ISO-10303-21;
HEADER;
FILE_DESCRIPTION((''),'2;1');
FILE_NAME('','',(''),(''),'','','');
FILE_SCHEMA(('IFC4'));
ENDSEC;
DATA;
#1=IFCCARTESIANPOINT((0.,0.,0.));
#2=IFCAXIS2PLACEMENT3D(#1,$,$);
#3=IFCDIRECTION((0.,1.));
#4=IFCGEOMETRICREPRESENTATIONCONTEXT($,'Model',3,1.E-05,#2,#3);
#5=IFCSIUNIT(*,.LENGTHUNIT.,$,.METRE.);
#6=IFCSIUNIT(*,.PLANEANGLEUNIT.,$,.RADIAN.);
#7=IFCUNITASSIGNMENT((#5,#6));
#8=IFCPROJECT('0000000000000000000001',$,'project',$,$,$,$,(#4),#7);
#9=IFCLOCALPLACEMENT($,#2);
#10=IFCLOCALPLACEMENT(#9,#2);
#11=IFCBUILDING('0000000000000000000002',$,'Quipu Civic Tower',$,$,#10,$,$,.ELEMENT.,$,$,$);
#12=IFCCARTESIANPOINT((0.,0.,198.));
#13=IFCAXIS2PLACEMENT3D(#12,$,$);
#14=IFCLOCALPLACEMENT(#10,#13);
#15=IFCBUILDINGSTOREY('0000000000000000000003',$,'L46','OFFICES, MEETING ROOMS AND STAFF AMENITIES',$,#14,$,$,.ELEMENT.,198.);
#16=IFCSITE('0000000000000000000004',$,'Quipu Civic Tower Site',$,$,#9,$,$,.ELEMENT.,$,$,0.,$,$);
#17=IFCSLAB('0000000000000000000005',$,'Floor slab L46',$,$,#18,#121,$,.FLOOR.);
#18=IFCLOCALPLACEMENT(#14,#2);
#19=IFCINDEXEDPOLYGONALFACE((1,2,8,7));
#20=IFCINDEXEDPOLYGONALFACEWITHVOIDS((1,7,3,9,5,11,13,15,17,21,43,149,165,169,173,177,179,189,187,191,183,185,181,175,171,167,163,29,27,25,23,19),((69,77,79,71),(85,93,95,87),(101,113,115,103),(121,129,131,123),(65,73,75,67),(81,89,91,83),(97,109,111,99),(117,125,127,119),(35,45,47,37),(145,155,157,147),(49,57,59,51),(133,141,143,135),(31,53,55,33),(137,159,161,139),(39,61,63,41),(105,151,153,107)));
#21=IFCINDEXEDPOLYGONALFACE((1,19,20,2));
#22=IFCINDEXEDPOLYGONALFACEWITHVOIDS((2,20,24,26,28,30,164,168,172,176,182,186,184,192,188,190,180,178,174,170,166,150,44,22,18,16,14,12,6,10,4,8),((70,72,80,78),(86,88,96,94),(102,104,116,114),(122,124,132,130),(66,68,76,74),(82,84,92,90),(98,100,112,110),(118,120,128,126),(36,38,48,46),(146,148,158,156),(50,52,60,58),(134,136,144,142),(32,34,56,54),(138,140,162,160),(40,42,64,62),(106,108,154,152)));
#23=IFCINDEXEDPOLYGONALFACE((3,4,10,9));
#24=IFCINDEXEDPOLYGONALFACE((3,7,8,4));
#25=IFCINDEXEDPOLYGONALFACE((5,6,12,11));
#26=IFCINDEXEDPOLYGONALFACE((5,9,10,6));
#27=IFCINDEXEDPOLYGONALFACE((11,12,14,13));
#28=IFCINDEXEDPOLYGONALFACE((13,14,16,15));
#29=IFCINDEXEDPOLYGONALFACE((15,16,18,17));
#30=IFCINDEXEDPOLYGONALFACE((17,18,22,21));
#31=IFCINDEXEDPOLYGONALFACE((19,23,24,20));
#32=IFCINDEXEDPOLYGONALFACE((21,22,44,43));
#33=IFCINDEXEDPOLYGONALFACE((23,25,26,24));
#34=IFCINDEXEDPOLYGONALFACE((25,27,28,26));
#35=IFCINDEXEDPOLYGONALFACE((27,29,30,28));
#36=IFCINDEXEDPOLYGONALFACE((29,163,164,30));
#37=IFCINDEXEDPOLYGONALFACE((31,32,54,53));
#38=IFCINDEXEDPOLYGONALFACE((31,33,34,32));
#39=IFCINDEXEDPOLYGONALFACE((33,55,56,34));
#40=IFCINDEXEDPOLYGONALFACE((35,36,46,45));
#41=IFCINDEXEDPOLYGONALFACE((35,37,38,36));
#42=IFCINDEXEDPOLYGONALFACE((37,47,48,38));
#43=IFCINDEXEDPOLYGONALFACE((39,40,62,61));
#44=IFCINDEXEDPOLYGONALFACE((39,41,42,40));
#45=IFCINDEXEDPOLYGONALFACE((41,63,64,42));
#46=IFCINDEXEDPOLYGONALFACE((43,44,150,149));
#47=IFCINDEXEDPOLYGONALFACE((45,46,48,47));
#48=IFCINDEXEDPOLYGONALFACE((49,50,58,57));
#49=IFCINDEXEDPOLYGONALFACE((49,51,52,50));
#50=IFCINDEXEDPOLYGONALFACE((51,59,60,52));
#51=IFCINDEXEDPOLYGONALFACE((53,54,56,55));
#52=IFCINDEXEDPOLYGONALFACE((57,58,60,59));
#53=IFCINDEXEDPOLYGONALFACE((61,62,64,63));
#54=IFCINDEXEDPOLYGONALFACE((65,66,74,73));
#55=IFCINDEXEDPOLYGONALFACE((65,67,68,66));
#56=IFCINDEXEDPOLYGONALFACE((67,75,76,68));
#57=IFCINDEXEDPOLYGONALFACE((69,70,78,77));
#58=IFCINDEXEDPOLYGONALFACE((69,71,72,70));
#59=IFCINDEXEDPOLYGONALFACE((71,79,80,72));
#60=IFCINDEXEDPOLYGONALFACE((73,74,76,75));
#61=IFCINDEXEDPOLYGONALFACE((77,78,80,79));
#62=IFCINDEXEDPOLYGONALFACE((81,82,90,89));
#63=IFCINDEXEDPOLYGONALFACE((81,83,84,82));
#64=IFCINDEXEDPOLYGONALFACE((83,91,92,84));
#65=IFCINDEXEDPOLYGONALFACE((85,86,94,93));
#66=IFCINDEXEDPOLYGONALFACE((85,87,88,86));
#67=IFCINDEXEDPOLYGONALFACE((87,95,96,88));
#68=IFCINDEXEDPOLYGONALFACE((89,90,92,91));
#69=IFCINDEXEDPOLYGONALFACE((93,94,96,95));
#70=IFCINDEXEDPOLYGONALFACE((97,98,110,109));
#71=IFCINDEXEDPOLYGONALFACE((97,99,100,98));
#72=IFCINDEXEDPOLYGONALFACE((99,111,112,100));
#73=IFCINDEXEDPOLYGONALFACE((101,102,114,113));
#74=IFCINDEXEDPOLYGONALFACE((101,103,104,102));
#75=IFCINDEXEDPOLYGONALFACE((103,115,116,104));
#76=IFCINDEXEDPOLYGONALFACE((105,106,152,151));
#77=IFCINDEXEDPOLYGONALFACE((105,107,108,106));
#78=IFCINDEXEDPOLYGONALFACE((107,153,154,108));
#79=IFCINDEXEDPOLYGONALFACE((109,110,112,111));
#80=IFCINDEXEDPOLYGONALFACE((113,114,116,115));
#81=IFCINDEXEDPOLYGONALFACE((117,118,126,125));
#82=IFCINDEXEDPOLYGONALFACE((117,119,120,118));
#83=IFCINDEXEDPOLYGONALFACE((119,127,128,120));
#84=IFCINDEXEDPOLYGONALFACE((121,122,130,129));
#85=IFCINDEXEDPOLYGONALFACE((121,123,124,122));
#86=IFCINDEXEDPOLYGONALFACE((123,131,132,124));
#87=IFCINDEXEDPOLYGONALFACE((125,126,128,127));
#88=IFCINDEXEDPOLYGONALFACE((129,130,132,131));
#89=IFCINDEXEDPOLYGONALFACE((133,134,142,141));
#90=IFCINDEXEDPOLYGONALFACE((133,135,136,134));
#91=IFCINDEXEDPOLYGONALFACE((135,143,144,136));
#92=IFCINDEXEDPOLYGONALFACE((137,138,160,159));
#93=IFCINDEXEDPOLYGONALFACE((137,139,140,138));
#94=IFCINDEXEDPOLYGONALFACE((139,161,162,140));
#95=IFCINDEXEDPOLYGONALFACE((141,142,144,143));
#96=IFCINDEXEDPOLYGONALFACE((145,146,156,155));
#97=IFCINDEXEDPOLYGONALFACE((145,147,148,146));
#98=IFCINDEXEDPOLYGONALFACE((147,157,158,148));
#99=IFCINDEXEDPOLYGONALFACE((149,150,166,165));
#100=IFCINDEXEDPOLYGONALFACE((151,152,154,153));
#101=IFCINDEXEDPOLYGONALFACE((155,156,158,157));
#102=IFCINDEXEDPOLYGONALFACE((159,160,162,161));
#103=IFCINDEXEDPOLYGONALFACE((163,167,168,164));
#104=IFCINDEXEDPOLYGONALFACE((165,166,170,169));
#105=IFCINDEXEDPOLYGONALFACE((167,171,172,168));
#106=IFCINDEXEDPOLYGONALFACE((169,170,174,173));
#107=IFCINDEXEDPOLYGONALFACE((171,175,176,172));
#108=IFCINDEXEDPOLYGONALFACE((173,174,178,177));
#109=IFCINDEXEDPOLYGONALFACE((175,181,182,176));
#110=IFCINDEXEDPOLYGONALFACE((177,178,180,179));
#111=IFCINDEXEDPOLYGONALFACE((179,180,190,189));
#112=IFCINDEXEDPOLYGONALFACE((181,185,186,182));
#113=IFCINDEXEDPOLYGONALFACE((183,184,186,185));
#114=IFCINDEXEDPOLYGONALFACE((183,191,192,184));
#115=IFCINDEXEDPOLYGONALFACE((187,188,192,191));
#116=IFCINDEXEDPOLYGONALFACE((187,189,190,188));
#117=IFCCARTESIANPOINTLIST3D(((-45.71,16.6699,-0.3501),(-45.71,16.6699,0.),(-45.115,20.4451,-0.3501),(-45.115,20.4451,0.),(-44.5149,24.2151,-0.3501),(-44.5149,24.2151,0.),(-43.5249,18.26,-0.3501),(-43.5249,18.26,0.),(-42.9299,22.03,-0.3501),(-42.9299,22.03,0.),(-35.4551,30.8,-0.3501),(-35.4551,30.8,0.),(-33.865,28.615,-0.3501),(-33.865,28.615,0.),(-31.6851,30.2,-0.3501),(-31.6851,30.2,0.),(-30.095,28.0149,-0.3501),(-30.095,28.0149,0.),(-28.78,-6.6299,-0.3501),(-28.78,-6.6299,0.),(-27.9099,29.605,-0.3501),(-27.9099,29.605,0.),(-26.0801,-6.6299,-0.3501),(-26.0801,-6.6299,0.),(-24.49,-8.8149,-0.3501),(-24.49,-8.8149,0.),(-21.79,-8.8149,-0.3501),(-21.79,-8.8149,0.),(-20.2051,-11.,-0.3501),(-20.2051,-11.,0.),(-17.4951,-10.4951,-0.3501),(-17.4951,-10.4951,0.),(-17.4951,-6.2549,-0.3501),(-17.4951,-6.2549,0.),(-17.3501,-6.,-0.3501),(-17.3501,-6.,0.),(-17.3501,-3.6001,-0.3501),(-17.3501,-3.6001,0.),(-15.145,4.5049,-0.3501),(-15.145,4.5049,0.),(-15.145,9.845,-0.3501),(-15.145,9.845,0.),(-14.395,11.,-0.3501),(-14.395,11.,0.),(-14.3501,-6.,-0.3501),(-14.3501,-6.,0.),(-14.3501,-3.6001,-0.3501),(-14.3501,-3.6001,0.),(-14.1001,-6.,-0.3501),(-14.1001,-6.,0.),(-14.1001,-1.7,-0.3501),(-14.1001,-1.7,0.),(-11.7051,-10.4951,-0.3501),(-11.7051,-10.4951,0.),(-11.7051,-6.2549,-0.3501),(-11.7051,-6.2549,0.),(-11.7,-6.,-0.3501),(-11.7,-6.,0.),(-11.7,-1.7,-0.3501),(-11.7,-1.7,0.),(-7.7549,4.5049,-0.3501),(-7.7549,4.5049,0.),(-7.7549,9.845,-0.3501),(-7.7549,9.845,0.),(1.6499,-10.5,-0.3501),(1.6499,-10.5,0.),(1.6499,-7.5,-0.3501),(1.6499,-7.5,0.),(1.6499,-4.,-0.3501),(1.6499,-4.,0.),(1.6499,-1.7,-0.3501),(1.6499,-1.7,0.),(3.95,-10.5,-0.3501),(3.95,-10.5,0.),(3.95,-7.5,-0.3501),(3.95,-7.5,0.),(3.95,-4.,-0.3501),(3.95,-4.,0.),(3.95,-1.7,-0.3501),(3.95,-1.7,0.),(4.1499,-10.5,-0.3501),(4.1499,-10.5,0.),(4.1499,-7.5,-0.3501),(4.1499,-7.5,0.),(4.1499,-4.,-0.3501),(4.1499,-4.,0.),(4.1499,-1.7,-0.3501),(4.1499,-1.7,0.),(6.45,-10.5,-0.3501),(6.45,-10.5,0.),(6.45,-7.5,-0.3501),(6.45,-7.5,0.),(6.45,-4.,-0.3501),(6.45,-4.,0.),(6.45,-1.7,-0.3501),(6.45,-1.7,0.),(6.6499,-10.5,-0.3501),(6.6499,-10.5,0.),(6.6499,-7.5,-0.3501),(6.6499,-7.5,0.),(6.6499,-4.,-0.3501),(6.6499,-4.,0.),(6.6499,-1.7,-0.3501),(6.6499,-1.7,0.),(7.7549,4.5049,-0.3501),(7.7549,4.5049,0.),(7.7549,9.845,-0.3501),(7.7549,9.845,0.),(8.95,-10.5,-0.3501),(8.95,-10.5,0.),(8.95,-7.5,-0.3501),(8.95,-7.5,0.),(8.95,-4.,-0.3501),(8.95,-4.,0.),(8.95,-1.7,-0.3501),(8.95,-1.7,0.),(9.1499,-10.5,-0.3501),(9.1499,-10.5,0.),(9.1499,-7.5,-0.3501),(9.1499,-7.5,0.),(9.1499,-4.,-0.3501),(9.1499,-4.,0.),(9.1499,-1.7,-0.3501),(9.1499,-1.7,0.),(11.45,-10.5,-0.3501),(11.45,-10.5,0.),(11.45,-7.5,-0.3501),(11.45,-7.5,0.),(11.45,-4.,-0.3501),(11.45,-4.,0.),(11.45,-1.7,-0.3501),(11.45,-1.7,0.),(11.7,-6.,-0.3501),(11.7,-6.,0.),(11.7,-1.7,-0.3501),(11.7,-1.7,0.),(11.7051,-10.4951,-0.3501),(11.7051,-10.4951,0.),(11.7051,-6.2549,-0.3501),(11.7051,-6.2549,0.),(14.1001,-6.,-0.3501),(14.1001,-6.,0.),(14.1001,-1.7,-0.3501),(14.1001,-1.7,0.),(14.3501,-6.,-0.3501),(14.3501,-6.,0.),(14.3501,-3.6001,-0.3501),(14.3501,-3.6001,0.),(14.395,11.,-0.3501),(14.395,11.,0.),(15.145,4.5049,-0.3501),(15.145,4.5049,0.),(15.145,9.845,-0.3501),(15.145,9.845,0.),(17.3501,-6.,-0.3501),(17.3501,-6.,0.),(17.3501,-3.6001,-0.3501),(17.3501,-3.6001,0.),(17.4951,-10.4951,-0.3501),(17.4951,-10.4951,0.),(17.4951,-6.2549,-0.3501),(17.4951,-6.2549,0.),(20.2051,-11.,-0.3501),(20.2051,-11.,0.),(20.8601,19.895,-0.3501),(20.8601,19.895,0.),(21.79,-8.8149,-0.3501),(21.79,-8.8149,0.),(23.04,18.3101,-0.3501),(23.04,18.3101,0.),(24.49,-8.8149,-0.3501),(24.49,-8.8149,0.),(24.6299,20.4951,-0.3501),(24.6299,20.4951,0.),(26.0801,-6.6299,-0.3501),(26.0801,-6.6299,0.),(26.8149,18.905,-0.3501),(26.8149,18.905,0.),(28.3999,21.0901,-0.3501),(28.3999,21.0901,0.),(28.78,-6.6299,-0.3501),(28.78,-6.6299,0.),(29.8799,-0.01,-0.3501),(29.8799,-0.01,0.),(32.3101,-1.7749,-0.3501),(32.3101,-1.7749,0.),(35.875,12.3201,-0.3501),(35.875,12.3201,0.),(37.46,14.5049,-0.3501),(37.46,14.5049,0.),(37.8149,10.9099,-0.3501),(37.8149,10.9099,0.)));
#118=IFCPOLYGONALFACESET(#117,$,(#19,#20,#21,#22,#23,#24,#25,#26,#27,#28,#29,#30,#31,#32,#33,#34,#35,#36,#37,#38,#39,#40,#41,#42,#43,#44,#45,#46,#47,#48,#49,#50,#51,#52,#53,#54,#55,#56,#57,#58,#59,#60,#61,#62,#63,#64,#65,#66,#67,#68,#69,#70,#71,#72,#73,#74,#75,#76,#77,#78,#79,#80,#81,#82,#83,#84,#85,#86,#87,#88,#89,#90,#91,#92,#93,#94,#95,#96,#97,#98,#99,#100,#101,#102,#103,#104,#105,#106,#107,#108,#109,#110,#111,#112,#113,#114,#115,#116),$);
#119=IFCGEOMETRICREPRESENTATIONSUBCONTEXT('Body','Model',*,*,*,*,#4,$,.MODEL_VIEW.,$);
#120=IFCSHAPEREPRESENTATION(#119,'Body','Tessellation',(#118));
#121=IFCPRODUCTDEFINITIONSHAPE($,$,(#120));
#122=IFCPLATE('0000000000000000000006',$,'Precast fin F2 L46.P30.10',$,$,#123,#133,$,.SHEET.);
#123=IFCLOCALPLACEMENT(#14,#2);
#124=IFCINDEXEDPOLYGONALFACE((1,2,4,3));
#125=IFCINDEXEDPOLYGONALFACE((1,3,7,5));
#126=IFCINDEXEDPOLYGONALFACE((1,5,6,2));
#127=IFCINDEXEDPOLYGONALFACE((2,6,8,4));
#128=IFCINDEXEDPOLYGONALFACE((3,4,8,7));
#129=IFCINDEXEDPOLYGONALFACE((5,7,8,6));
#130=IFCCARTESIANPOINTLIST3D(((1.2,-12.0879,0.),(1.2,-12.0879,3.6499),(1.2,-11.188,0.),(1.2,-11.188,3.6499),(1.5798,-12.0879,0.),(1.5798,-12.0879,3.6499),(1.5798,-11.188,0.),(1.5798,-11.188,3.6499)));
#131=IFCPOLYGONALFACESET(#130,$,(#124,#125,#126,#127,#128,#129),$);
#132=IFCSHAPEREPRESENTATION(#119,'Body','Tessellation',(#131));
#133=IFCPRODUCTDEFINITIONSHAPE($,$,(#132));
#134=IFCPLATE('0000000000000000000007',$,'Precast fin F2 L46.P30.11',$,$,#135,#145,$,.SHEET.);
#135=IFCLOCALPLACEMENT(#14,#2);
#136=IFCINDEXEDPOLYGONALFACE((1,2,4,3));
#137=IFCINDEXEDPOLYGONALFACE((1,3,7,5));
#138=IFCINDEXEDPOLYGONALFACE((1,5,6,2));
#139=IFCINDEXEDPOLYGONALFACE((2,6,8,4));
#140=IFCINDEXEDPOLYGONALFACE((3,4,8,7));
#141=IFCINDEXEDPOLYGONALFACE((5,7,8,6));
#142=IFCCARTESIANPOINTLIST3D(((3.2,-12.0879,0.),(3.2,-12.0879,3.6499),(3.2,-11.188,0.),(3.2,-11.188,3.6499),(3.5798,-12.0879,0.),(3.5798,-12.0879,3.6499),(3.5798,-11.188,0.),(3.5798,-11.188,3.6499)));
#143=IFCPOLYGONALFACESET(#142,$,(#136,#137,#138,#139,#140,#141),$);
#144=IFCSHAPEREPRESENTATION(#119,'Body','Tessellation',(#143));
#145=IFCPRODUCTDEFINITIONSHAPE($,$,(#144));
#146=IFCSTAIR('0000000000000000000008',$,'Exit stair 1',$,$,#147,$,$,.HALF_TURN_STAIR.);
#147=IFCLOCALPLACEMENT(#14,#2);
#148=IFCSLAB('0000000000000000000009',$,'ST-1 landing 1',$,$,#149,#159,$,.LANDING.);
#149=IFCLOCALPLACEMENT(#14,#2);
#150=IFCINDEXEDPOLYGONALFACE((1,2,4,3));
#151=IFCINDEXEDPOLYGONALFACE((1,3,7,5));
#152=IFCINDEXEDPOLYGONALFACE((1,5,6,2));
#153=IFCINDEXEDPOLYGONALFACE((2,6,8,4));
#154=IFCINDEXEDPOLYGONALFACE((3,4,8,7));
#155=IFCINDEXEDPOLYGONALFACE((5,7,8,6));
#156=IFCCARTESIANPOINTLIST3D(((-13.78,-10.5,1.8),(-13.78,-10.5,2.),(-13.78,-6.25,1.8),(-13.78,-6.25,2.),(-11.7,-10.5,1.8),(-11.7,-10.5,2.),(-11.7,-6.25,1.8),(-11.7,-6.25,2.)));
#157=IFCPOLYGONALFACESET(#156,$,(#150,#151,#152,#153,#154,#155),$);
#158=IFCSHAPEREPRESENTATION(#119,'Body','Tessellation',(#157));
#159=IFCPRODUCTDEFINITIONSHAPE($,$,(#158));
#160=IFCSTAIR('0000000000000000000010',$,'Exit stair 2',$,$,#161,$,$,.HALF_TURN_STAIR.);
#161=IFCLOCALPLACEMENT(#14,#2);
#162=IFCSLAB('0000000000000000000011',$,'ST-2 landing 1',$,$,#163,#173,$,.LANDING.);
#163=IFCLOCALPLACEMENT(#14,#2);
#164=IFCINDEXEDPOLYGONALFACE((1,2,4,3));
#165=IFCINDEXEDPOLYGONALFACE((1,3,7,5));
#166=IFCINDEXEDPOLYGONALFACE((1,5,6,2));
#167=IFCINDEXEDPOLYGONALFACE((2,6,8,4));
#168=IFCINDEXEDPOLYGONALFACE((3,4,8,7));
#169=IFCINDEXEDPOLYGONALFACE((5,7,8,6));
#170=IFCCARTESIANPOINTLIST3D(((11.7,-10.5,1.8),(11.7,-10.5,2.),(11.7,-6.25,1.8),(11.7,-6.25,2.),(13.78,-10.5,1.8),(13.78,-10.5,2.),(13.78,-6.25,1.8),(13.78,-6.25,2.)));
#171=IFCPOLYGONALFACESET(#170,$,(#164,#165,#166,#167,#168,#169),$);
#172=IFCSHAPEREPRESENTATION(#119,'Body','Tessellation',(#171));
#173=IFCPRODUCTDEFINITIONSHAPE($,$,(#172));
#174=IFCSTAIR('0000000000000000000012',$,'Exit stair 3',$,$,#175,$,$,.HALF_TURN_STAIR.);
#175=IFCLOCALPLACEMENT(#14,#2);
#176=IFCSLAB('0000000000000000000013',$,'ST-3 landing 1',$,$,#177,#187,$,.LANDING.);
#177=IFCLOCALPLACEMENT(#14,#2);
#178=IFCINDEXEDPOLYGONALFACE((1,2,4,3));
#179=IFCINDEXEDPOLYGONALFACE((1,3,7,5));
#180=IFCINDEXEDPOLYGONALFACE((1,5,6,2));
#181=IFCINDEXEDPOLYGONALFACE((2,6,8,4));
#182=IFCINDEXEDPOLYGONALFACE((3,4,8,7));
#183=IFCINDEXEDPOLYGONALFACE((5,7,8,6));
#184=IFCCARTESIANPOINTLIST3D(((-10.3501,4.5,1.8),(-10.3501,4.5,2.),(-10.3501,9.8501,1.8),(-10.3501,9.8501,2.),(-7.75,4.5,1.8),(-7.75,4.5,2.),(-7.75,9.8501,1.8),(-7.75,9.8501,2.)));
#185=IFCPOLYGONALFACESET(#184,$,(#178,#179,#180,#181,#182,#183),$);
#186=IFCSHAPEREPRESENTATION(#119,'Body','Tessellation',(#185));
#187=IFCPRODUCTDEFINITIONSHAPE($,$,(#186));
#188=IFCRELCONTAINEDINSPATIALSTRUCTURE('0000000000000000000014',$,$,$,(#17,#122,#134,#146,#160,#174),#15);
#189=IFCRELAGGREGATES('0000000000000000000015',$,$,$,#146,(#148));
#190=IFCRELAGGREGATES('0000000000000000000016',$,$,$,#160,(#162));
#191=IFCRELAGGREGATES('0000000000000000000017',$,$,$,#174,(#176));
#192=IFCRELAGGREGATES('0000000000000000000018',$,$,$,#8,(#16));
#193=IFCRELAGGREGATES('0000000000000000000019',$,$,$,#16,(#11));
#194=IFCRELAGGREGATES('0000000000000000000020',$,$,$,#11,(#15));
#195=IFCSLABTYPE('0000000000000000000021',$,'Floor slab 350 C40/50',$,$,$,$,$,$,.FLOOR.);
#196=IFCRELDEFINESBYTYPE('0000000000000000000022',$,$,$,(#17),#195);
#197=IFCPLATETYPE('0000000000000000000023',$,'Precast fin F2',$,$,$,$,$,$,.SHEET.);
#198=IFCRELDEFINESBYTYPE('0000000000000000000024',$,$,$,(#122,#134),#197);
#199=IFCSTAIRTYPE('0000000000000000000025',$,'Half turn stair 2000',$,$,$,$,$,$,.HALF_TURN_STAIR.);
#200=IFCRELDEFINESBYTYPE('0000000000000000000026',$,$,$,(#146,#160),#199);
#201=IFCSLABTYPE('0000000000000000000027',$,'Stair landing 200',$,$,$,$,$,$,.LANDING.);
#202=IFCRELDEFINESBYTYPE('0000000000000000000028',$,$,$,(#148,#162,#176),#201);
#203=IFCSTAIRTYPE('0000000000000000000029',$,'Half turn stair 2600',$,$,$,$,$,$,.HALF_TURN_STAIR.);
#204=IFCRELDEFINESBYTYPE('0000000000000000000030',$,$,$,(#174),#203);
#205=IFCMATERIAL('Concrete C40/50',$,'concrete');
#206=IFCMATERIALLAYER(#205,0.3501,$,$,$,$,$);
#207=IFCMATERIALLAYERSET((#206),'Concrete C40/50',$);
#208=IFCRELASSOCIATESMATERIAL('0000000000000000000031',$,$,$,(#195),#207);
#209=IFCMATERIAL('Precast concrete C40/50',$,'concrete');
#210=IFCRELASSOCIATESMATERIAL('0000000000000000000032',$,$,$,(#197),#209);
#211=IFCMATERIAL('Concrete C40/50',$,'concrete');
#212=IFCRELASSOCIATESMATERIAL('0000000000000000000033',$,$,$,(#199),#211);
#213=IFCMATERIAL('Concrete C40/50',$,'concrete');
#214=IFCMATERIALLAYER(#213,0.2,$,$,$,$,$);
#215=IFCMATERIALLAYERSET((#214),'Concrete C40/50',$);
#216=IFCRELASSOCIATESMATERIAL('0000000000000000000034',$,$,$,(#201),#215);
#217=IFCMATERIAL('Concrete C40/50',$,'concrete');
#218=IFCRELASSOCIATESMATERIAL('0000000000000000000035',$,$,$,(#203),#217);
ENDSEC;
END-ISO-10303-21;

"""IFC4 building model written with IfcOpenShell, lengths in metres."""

from ifc_helpers import new_model, si_unit, direction, frame, origin, origin_2d, place, context, subcontext, project, spatial, polyline, rectangle, outline, extrude, material, layer, layer_set, type_object, element, aggregate, save


model = new_model("IFC4")

# Units and contexts
model_context = context("Model", 3, precision=1e-05, world=origin(), true_north=direction((0.0, 1.0)))
body_context = subcontext(model_context, "Body", "Model", "MODEL_VIEW")
ifc_project = project(units=[si_unit("LENGTHUNIT", "METRE"), si_unit("PLANEANGLEUNIT", "RADIAN")], contexts=[model_context])

# Site, building, storey
site_placement = place(None, origin())
site = spatial("IfcSite", under=ifc_project, at=site_placement, Name="Quipu Civic Tower Site", CompositionType="ELEMENT", RefElevation=0.0)
building_placement = place(site_placement, origin())
building = spatial("IfcBuilding", under=site, at=building_placement, Name="Quipu Civic Tower", CompositionType="ELEMENT")
storey_placement = place(building_placement, frame((0.0, 0.0, 198.0)))
storey = spatial("IfcBuildingStorey", under=building, at=storey_placement, Name="L46", Description="OFFICES, MEETING ROOMS AND STAFF AMENITIES", CompositionType="ELEMENT", Elevation=198.0)

# Slab
ifc_material_1 = material(Name="Concrete C40/50", Category="concrete")
ifc_layer_1 = layer(ifc_material_1, 0.3501)
ifc_layer_set_1 = layer_set([ifc_layer_1], Name="Concrete C40/50")
slab_type_1 = type_object("IfcSlabType", Name="Floor slab 350 C40/50", PredefinedType="FLOOR", material=ifc_layer_set_1)
slab_1_placement = place(storey_placement, frame((0.0, 0.0, -0.3501)))
element("IfcSlab", 1, at=slab_1_placement, inside=storey, type_object=slab_type_1, Name="Floor slab L46", PredefinedType="FLOOR", context=body_context, shape_type="SweptSolid", body=[
    extrude(outline(polyline([(24.49, -8.8149), (21.79, -8.8149), (20.2051, -11.0), (-20.2051, -11.0), (-21.79, -8.8149), (-24.49, -8.8149), (-26.0801, -6.6299), (-28.78, -6.6299), (-45.71, 16.6699), (-43.5249, 18.26), (-45.115, 20.4451), (-42.9299, 22.03), (-44.5149, 24.2151), (-35.4551, 30.8), (-33.865, 28.615), (-31.6851, 30.2), (-30.095, 28.0149), (-27.9099, 29.605), (-14.395, 11.0), (14.395, 11.0), (20.8601, 19.895), (23.04, 18.3101), (24.6299, 20.4951), (26.8149, 18.905), (28.3999, 21.0901), (37.46, 14.5049), (35.875, 12.3201), (37.8149, 10.9099), (29.8799, -0.01), (32.3101, -1.7749), (28.78, -6.6299), (26.0801, -6.6299), (24.49, -8.8149)]), holes=[polyline([(1.6499, -7.5), (1.6499, -10.5), (3.95, -10.5), (3.95, -7.5), (1.6499, -7.5)]), polyline([(4.1499, -7.5), (4.1499, -10.5), (6.45, -10.5), (6.45, -7.5), (4.1499, -7.5)]), polyline([(-11.7051, -6.2549), (-17.4951, -6.2549), (-17.4951, -10.4951), (-11.7051, -10.4951), (-11.7051, -6.2549)]), polyline([(-17.3501, -3.6001), (-17.3501, -6.0), (-14.3501, -6.0), (-14.3501, -3.6001), (-17.3501, -3.6001)]), polyline([(-14.1001, -1.7), (-14.1001, -6.0), (-11.7, -6.0), (-11.7, -1.7), (-14.1001, -1.7)]), polyline([(1.6499, -1.7), (1.6499, -4.0), (3.95, -4.0), (3.95, -1.7), (1.6499, -1.7)]), polyline([(4.1499, -1.7), (4.1499, -4.0), (6.45, -4.0), (6.45, -1.7), (4.1499, -1.7)]), polyline([(-7.7549, 9.845), (-15.145, 9.845), (-15.145, 4.5049), (-7.7549, 4.5049), (-7.7549, 9.845)]), polyline([(6.6499, -7.5), (6.6499, -10.5), (8.95, -10.5), (8.95, -7.5), (6.6499, -7.5)]), polyline([(9.1499, -7.5), (9.1499, -10.5), (11.45, -10.5), (11.45, -7.5), (9.1499, -7.5)]), polyline([(11.7051, -10.4951), (17.4951, -10.4951), (17.4951, -6.2549), (11.7051, -6.2549), (11.7051, -10.4951)]), polyline([(14.3501, -3.6001), (14.3501, -6.0), (17.3501, -6.0), (17.3501, -3.6001), (14.3501, -3.6001)]), polyline([(11.7, -1.7), (11.7, -6.0), (14.1001, -6.0), (14.1001, -1.7), (11.7, -1.7)]), polyline([(6.6499, -1.7), (6.6499, -4.0), (8.95, -4.0), (8.95, -1.7), (6.6499, -1.7)]), polyline([(9.1499, -1.7), (9.1499, -4.0), (11.45, -4.0), (11.45, -1.7), (9.1499, -1.7)]), polyline([(7.7549, 4.5049), (15.145, 4.5049), (15.145, 9.845), (7.7549, 9.845), (7.7549, 4.5049)])]), origin(), (0.0, 0.0, 1.0), 0.3501),
])

# Plates
ifc_material_2 = material(Name="Precast concrete C40/50", Category="concrete")
plate_type = type_object("IfcPlateType", Name="Precast fin F2", PredefinedType="SHEET", material=ifc_material_2)
for number, where, z_axis, x_axis, name in (
    (2, (1.3899, -11.6379, 0.0), (0.0, 0.0, 1.0), (1.0, 0.0, 0.0), "Precast fin F2 L46.P30.10"),
    (3, (3.3899, -11.6379, 0.0), (0.0, 0.0, 1.0), (1.0, 0.0, 0.0), "Precast fin F2 L46.P30.11"),
):
    element("IfcPlate", number, at=place(storey_placement, frame(where, z_axis=z_axis, x_axis=x_axis)), inside=storey, type_object=plate_type, Name=name, PredefinedType="SHEET", context=body_context, shape_type="SweptSolid", body=[
        extrude(rectangle(XDim=0.3799, YDim=0.8999, at=origin_2d()), origin(), (0.0, 0.0, 1.0), 3.6499),
    ])

# Stairs, slabs
ifc_material_3 = material(Name="Concrete C40/50", Category="concrete")
stair_type_1 = type_object("IfcStairType", Name="Half turn stair 2000", PredefinedType="HALF_TURN_STAIR", material=ifc_material_3)
stair_1_placement = place(storey_placement, origin())
stair_1 = element("IfcStair", 4, at=stair_1_placement, inside=storey, type_object=stair_type_1, Name="Exit stair 1", PredefinedType="HALF_TURN_STAIR")
ifc_material_4 = material(Name="Concrete C40/50", Category="concrete")
ifc_layer_2 = layer(ifc_material_4, 0.2)
ifc_layer_set_2 = layer_set([ifc_layer_2], Name="Concrete C40/50")
slab_type_2 = type_object("IfcSlabType", Name="Stair landing 200", PredefinedType="LANDING", material=ifc_layer_set_2)
slab_2_placement = place(storey_placement, frame((0.0, 0.0, 1.8)))
slab_2 = element("IfcSlab", 5, at=slab_2_placement, type_object=slab_type_2, Name="ST-1 landing 1", PredefinedType="LANDING", context=body_context, shape_type="SweptSolid", body=[
    extrude(outline(polyline([(-13.78, -10.5), (-11.7, -10.5), (-11.7, -6.25), (-13.78, -6.25), (-13.78, -10.5)])), origin(), (0.0, 0.0, 1.0), 0.2),
])
aggregate(stair_1, [slab_2])
stair_2_placement = place(storey_placement, origin())
stair_2 = element("IfcStair", 6, at=stair_2_placement, inside=storey, type_object=stair_type_1, Name="Exit stair 2", PredefinedType="HALF_TURN_STAIR")
slab_3_placement = place(storey_placement, frame((0.0, 0.0, 1.8)))
slab_3 = element("IfcSlab", 7, at=slab_3_placement, type_object=slab_type_2, Name="ST-2 landing 1", PredefinedType="LANDING", context=body_context, shape_type="SweptSolid", body=[
    extrude(outline(polyline([(13.78, -6.25), (11.7, -6.25), (11.7, -10.5), (13.78, -10.5), (13.78, -6.25)])), origin(), (0.0, 0.0, 1.0), 0.2),
])
aggregate(stair_2, [slab_3])
ifc_material_5 = material(Name="Concrete C40/50", Category="concrete")
stair_type_2 = type_object("IfcStairType", Name="Half turn stair 2600", PredefinedType="HALF_TURN_STAIR", material=ifc_material_5)
stair_3_placement = place(storey_placement, origin())
stair_3 = element("IfcStair", 8, at=stair_3_placement, inside=storey, type_object=stair_type_2, Name="Exit stair 3", PredefinedType="HALF_TURN_STAIR")
slab_4_placement = place(storey_placement, frame((0.0, 0.0, 1.8)))
slab_4 = element("IfcSlab", 9, at=slab_4_placement, type_object=slab_type_2, Name="ST-3 landing 1", PredefinedType="LANDING", context=body_context, shape_type="SweptSolid", body=[
    extrude(outline(polyline([(-10.3501, 4.5), (-7.75, 4.5), (-7.75, 9.8501), (-10.3501, 9.8501), (-10.3501, 4.5)])), origin(), (0.0, 0.0, 1.0), 0.2),
])
aggregate(stair_3, [slab_4])

save(model, "model.ifc")
